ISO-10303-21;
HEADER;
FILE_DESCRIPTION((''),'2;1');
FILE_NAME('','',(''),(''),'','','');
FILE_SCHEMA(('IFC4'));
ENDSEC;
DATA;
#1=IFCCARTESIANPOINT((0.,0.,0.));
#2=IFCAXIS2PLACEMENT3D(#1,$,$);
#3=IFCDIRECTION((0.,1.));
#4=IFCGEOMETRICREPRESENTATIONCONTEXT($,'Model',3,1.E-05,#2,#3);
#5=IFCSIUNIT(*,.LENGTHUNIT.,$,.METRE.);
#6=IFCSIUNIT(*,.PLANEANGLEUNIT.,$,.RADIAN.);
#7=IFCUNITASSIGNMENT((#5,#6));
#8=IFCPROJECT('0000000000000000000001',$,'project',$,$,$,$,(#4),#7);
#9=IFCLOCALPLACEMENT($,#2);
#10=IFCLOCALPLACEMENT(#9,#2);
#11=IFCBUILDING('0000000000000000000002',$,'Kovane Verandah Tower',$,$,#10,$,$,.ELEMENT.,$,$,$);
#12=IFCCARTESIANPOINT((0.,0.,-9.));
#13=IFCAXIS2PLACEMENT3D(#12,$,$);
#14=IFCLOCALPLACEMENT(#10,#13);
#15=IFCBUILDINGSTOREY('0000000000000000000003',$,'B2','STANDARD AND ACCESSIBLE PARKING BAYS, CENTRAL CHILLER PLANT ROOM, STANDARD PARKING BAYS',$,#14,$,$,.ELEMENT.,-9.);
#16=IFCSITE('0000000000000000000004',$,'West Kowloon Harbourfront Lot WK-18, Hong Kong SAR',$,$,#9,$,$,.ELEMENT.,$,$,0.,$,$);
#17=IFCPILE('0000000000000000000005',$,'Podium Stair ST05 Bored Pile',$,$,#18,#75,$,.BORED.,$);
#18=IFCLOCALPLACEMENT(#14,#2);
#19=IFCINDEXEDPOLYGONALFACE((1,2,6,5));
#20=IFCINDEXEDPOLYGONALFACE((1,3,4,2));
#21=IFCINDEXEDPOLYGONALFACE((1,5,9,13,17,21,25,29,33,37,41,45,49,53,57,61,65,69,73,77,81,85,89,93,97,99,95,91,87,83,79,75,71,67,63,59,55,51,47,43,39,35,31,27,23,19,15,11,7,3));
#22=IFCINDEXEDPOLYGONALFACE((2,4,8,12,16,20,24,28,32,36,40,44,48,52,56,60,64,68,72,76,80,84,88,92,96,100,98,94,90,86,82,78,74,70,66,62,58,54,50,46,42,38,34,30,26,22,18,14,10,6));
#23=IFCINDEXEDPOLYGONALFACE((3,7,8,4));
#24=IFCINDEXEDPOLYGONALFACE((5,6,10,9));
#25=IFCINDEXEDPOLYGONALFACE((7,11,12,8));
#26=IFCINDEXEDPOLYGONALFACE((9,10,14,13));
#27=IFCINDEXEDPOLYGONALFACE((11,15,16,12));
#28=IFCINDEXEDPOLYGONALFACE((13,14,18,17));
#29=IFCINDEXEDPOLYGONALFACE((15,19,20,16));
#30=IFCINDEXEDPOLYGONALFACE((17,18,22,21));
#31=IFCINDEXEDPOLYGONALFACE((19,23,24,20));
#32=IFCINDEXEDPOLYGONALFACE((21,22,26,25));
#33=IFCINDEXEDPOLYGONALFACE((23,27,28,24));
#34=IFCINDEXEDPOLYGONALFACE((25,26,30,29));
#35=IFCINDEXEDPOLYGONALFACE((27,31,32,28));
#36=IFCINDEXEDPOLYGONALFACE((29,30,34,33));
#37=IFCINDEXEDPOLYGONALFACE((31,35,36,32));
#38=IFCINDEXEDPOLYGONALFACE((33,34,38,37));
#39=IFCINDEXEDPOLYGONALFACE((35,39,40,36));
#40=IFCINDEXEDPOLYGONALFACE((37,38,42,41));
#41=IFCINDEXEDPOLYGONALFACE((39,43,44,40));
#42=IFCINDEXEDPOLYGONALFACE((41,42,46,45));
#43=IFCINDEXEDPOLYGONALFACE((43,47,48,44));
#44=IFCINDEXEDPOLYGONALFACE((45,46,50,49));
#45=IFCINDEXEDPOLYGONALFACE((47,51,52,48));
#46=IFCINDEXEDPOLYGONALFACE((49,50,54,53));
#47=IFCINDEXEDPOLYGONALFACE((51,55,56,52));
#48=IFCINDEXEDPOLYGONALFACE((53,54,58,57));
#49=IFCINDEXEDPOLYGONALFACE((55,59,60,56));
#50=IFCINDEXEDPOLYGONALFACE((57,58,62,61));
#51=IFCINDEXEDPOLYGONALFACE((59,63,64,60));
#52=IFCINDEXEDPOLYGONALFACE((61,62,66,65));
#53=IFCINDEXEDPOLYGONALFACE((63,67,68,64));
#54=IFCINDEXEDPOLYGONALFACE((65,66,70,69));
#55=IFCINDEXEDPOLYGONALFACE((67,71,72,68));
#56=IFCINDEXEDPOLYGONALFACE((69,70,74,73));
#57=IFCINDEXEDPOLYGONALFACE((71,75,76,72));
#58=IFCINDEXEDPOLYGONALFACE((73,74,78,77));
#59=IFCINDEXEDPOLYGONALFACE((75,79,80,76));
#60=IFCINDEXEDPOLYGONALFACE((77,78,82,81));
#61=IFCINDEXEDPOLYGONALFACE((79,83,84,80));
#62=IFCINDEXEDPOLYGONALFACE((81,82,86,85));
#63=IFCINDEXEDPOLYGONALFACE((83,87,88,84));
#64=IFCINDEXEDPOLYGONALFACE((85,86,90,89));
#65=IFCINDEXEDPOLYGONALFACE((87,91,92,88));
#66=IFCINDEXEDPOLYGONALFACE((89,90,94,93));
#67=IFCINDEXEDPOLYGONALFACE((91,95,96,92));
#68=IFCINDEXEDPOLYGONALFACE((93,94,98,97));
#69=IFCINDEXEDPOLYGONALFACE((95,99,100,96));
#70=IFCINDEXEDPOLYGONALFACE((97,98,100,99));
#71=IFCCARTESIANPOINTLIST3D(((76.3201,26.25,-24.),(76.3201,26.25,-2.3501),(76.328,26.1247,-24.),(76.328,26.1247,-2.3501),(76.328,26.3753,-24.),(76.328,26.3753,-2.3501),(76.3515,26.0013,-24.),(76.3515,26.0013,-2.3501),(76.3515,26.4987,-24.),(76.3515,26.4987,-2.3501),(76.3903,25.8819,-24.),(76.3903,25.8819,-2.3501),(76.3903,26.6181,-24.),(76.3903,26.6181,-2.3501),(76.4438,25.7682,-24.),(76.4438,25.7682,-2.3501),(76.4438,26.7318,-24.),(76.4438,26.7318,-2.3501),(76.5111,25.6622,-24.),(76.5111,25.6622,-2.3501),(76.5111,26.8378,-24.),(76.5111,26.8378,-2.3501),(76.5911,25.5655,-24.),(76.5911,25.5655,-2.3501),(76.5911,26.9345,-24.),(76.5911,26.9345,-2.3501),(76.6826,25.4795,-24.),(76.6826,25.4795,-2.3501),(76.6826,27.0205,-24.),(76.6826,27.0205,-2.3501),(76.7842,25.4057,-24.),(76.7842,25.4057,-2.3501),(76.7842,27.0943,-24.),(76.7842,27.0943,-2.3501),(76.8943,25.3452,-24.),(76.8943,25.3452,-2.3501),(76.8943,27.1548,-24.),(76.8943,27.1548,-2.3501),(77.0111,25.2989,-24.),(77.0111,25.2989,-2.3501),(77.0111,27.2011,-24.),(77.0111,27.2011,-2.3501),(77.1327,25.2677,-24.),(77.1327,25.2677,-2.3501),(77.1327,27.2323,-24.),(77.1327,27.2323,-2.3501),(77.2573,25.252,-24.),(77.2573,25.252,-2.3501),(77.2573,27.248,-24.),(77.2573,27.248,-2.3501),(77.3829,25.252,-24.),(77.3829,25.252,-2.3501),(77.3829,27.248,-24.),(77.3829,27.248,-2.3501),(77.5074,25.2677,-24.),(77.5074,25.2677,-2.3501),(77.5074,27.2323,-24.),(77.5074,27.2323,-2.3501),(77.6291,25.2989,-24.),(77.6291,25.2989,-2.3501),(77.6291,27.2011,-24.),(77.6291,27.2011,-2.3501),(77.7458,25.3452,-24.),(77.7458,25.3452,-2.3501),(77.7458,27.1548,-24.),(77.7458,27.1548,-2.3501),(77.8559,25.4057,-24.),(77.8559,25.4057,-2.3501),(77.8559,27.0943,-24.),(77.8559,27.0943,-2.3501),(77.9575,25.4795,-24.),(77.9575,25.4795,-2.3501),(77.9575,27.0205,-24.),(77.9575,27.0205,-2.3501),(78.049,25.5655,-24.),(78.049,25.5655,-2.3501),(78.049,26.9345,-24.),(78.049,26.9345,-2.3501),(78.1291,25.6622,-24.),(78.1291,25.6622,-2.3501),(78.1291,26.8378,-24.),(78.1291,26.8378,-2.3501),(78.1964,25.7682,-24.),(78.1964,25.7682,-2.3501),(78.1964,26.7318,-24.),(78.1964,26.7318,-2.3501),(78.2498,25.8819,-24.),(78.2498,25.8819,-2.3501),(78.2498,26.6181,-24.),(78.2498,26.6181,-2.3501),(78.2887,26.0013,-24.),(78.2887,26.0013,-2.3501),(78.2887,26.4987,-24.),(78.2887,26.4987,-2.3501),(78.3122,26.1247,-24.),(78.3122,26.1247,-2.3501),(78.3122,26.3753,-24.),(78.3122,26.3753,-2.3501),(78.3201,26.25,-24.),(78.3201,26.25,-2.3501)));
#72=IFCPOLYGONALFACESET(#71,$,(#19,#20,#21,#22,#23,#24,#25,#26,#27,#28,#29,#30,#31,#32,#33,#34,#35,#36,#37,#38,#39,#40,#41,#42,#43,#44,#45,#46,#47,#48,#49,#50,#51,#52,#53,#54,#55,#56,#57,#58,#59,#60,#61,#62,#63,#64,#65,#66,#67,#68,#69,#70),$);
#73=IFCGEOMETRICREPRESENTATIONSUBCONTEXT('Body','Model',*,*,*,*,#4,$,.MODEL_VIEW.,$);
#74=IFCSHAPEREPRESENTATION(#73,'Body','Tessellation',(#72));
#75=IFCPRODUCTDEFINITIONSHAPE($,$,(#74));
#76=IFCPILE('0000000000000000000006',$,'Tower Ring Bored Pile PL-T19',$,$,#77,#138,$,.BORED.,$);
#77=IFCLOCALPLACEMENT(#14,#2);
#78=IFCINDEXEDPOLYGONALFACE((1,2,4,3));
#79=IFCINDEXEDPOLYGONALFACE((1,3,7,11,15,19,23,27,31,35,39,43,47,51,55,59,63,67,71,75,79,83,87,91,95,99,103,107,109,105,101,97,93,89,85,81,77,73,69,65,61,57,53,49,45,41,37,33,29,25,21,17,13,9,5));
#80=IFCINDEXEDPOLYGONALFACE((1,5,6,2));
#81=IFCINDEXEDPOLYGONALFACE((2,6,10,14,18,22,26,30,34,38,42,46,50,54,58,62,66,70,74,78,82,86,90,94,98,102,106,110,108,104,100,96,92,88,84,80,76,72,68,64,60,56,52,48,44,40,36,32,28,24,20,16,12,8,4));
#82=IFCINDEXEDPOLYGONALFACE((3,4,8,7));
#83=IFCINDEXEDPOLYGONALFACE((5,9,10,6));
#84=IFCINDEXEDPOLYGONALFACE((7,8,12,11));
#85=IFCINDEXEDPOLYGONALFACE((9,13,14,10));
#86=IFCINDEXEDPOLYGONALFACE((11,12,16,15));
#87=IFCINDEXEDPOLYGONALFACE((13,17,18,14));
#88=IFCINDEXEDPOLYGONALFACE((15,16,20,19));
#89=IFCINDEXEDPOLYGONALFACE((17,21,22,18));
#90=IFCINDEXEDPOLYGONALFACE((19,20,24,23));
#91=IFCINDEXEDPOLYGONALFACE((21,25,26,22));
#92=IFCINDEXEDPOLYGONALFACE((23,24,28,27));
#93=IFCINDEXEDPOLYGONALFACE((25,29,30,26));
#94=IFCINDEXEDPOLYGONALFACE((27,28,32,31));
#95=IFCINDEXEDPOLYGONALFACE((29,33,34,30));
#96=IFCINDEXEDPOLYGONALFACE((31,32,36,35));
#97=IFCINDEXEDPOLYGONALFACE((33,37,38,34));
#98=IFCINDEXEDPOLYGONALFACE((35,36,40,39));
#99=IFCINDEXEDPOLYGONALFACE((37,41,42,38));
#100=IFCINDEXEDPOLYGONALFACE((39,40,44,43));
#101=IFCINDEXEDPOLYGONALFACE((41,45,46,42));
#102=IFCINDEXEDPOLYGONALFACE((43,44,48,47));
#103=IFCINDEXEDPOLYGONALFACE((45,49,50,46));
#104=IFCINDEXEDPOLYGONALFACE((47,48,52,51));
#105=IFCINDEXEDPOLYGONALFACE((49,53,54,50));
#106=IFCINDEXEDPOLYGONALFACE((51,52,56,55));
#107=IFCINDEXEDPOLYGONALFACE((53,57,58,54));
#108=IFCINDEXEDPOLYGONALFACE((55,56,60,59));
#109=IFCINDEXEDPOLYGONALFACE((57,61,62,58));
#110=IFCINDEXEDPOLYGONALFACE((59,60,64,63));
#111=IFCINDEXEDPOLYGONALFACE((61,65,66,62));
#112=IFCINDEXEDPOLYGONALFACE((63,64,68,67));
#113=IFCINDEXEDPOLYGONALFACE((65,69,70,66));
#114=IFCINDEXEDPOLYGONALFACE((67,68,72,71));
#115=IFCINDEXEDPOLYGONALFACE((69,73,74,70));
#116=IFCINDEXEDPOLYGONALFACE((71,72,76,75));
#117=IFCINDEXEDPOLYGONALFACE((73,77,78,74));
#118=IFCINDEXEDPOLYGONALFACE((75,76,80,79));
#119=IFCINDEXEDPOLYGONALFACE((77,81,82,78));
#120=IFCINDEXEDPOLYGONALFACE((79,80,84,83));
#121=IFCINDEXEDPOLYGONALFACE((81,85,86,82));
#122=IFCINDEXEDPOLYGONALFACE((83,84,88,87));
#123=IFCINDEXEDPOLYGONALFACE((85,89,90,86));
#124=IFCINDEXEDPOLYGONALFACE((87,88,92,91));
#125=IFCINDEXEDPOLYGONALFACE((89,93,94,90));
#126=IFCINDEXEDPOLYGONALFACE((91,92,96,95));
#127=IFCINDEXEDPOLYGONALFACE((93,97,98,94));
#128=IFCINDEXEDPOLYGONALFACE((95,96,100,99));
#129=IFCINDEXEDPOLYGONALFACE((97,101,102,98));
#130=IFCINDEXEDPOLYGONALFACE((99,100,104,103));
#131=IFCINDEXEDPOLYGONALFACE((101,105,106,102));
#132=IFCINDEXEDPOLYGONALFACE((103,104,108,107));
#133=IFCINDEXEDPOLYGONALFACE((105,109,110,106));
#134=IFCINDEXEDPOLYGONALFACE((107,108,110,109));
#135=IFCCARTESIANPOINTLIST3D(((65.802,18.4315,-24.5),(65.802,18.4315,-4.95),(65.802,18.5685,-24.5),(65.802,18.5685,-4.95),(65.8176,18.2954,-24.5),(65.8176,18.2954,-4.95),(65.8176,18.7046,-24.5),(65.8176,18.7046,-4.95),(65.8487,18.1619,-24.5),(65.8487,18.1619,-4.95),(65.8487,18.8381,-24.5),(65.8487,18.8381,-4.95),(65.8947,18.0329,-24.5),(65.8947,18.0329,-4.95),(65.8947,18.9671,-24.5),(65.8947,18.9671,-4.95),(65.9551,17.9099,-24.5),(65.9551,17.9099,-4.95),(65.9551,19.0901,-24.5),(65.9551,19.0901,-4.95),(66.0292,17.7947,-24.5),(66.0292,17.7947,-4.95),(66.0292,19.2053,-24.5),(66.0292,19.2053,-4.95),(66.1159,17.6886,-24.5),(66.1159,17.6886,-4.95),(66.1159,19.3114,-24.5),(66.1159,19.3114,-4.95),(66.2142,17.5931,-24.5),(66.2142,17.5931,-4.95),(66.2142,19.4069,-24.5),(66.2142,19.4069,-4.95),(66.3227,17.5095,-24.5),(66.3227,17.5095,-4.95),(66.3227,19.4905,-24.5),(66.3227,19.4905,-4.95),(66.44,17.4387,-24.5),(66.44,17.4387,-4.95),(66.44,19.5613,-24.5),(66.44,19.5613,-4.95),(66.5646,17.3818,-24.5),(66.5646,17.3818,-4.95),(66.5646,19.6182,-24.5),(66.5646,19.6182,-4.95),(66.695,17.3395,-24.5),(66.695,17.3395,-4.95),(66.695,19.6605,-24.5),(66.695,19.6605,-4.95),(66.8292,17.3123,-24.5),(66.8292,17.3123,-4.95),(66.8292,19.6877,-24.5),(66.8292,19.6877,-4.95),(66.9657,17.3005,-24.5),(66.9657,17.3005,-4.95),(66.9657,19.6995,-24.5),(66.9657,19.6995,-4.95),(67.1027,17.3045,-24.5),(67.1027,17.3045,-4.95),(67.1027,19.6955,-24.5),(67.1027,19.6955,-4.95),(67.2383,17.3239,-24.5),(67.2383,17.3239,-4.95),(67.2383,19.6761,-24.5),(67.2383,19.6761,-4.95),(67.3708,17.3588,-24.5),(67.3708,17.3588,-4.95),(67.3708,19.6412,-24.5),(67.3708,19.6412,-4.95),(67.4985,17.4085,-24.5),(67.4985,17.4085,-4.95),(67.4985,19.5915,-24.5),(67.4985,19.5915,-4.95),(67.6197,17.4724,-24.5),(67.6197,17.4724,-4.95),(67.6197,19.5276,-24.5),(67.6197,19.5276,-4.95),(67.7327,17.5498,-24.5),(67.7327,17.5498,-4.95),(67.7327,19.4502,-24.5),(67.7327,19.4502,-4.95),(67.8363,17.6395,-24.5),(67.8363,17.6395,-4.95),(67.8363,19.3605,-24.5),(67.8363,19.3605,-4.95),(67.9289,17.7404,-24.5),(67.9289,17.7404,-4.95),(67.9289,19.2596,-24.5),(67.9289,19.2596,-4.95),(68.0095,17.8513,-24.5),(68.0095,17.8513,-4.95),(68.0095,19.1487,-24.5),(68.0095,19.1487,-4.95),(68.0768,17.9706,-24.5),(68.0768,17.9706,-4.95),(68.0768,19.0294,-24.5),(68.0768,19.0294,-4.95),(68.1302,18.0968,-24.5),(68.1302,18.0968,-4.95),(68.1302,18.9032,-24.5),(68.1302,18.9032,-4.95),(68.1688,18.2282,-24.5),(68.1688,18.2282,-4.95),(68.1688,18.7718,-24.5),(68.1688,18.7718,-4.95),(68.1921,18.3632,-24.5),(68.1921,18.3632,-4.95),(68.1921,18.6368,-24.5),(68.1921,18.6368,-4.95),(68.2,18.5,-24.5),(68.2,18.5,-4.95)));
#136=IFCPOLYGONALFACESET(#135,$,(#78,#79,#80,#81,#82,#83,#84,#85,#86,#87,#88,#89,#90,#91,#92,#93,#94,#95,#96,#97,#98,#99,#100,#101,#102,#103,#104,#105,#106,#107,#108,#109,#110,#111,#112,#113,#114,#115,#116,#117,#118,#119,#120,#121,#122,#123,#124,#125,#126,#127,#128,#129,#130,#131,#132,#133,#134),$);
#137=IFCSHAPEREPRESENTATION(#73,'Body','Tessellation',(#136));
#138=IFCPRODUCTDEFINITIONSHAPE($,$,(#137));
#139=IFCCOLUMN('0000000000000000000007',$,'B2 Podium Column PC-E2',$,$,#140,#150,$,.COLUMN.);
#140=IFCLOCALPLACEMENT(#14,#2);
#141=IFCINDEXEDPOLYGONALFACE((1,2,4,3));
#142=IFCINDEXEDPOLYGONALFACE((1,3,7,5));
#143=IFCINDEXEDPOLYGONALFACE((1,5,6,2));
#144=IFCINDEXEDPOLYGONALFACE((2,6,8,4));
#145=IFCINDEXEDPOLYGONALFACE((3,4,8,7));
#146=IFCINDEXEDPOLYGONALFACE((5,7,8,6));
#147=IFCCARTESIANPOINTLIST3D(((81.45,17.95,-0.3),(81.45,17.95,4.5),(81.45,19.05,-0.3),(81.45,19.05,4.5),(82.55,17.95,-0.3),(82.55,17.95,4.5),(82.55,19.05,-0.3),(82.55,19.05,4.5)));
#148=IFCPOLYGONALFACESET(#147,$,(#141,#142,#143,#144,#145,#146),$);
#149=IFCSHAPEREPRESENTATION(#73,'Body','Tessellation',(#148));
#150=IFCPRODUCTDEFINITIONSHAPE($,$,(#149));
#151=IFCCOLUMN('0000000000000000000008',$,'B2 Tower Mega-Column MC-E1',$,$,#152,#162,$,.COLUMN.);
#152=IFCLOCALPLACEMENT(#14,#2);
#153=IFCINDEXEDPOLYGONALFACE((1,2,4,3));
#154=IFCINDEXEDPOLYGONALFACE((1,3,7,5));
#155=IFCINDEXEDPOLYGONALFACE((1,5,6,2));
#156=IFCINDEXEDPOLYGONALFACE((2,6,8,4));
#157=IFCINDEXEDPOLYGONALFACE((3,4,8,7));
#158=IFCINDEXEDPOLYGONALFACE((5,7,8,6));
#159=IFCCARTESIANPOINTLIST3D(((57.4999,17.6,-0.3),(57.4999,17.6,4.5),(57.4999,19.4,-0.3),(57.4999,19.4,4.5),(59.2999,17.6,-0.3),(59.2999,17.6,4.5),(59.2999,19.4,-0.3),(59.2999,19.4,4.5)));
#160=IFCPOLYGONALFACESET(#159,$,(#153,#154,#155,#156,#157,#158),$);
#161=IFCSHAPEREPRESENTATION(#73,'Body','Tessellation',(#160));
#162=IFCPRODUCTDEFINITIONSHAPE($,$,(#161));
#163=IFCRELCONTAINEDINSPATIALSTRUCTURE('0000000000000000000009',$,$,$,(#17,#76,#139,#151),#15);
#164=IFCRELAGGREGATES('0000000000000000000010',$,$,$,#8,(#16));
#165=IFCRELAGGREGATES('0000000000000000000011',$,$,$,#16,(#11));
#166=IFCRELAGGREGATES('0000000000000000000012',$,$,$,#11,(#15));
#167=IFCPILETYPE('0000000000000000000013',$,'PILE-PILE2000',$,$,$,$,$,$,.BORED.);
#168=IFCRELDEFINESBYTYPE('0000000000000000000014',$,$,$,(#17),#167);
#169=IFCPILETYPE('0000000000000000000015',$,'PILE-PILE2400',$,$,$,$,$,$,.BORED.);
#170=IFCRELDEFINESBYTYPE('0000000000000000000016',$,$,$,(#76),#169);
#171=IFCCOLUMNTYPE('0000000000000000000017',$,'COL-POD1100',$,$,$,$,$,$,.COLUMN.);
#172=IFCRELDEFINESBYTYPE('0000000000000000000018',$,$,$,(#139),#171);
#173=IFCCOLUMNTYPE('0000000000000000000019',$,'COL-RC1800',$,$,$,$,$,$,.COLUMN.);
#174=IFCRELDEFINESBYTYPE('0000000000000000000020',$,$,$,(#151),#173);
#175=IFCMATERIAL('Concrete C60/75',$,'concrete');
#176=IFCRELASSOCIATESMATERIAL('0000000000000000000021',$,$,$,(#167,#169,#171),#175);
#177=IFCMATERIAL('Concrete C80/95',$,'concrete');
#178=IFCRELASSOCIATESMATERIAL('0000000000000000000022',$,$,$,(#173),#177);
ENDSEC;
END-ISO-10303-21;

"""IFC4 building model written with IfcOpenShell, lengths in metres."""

from ifc_helpers import new_model, si_unit, direction, frame, origin, origin_2d, place, context, subcontext, project, spatial, rectangle, circle, extrude, material, material_profile, profile_set, type_object, element, save


model = new_model("IFC4")

# Units and contexts
model_context = context("Model", 3, precision=1e-05, world=origin(), true_north=direction((0.0, 1.0)))
body_context = subcontext(model_context, "Body", "Model", "MODEL_VIEW")
ifc_project = project(units=[si_unit("LENGTHUNIT", "METRE"), si_unit("PLANEANGLEUNIT", "RADIAN")], contexts=[model_context])

# Site, building, storey
site_placement = place(None, origin())
site = spatial("IfcSite", under=ifc_project, at=site_placement, Name="West Kowloon Harbourfront Lot WK-18, Hong Kong SAR", CompositionType="ELEMENT", RefElevation=0.0)
building_placement = place(site_placement, origin())
building = spatial("IfcBuilding", under=site, at=building_placement, Name="Kovane Verandah Tower", CompositionType="ELEMENT")
storey_placement = place(building_placement, frame((0.0, 0.0, -9.0)))
storey = spatial("IfcBuildingStorey", under=building, at=storey_placement, Name="B2", Description="STANDARD AND ACCESSIBLE PARKING BAYS, CENTRAL CHILLER PLANT ROOM, STANDARD PARKING BAYS", CompositionType="ELEMENT", Elevation=-9.0)

# Shared definitions
ifc_material_1 = material(Name="Concrete C60/75", Category="concrete")

# Piles
ifc_material_profile_1 = material_profile(ifc_material_1, circle(Radius=1.0, at=origin_2d()), Name="PILE2000")
ifc_profile_set_1 = profile_set([ifc_material_profile_1], Name="Concrete C60/75")
pile_type_1 = type_object("IfcPileType", Name="PILE-PILE2000", PredefinedType="BORED", material=ifc_profile_set_1)
for number, where, z_axis, x_axis, name in (
    (1, (77.3201, 26.25, -2.3501), (0.0, 0.0, -1.0), (1.0, 0.0, 0.0), "Podium Stair ST05 Bored Pile"),
):
    element("IfcPile", number, at=place(storey_placement, frame(where, z_axis=z_axis, x_axis=x_axis)), inside=storey, type_object=pile_type_1, Name=name, PredefinedType="BORED", context=body_context, shape_type="SweptSolid", body=[
        extrude(circle(Radius=1.0, at=origin_2d()), origin(), (0.0, 0.0, 1.0), 21.6499),
    ])
ifc_material_profile_2 = material_profile(ifc_material_1, circle(Radius=1.2, at=origin_2d()), Name="PILE2400")
ifc_profile_set_2 = profile_set([ifc_material_profile_2], Name="Concrete C60/75")
pile_type_2 = type_object("IfcPileType", Name="PILE-PILE2400", PredefinedType="BORED", material=ifc_profile_set_2)
pile_placement = place(storey_placement, frame((67.0, 18.5, -4.95), z_axis=(0.0, 0.0, -1.0), x_axis=(1.0, 0.0, 0.0)))
element("IfcPile", 2, at=pile_placement, inside=storey, type_object=pile_type_2, Name="Tower Ring Bored Pile PL-T19", PredefinedType="BORED", context=body_context, shape_type="SweptSolid", body=[
    extrude(circle(Radius=1.2, at=origin_2d()), origin(), (0.0, 0.0, 1.0), 19.55),
])

# Columns
ifc_material_profile_3 = material_profile(ifc_material_1, rectangle(XDim=1.1001, YDim=1.1001, at=origin_2d()), Name="RC1100x1100")
ifc_profile_set_3 = profile_set([ifc_material_profile_3], Name="Concrete C60/75")
column_type_1 = type_object("IfcColumnType", Name="COL-POD1100", PredefinedType="COLUMN", material=ifc_profile_set_3)
column_1_placement = place(storey_placement, frame((82.0, 18.5, -0.3), z_axis=(0.0, 0.0, 1.0), x_axis=(1.0, 0.0, 0.0)))
element("IfcColumn", 3, at=column_1_placement, inside=storey, type_object=column_type_1, Name="B2 Podium Column PC-E2", PredefinedType="COLUMN", context=body_context, shape_type="SweptSolid", body=[
    extrude(rectangle(XDim=1.1001, YDim=1.1001, at=origin_2d()), origin(), (0.0, 0.0, 1.0), 4.8),
])
ifc_material_2 = material(Name="Concrete C80/95", Category="concrete")
ifc_material_profile_4 = material_profile(ifc_material_2, rectangle(XDim=1.8, YDim=1.8, at=origin_2d()), Name="RC1800x1800")
ifc_profile_set_4 = profile_set([ifc_material_profile_4], Name="Concrete C80/95")
column_type_2 = type_object("IfcColumnType", Name="COL-RC1800", PredefinedType="COLUMN", material=ifc_profile_set_4)
column_2_placement = place(storey_placement, frame((58.3999, 18.5, -0.3), z_axis=(0.0, 0.0, 1.0), x_axis=(1.0, 0.0, 0.0)))
element("IfcColumn", 4, at=column_2_placement, inside=storey, type_object=column_type_2, Name="B2 Tower Mega-Column MC-E1", PredefinedType="COLUMN", context=body_context, shape_type="SweptSolid", body=[
    extrude(rectangle(XDim=1.8, YDim=1.8, at=origin_2d()), origin(), (0.0, 0.0, 1.0), 4.8),
])

save(model, "model.ifc")
